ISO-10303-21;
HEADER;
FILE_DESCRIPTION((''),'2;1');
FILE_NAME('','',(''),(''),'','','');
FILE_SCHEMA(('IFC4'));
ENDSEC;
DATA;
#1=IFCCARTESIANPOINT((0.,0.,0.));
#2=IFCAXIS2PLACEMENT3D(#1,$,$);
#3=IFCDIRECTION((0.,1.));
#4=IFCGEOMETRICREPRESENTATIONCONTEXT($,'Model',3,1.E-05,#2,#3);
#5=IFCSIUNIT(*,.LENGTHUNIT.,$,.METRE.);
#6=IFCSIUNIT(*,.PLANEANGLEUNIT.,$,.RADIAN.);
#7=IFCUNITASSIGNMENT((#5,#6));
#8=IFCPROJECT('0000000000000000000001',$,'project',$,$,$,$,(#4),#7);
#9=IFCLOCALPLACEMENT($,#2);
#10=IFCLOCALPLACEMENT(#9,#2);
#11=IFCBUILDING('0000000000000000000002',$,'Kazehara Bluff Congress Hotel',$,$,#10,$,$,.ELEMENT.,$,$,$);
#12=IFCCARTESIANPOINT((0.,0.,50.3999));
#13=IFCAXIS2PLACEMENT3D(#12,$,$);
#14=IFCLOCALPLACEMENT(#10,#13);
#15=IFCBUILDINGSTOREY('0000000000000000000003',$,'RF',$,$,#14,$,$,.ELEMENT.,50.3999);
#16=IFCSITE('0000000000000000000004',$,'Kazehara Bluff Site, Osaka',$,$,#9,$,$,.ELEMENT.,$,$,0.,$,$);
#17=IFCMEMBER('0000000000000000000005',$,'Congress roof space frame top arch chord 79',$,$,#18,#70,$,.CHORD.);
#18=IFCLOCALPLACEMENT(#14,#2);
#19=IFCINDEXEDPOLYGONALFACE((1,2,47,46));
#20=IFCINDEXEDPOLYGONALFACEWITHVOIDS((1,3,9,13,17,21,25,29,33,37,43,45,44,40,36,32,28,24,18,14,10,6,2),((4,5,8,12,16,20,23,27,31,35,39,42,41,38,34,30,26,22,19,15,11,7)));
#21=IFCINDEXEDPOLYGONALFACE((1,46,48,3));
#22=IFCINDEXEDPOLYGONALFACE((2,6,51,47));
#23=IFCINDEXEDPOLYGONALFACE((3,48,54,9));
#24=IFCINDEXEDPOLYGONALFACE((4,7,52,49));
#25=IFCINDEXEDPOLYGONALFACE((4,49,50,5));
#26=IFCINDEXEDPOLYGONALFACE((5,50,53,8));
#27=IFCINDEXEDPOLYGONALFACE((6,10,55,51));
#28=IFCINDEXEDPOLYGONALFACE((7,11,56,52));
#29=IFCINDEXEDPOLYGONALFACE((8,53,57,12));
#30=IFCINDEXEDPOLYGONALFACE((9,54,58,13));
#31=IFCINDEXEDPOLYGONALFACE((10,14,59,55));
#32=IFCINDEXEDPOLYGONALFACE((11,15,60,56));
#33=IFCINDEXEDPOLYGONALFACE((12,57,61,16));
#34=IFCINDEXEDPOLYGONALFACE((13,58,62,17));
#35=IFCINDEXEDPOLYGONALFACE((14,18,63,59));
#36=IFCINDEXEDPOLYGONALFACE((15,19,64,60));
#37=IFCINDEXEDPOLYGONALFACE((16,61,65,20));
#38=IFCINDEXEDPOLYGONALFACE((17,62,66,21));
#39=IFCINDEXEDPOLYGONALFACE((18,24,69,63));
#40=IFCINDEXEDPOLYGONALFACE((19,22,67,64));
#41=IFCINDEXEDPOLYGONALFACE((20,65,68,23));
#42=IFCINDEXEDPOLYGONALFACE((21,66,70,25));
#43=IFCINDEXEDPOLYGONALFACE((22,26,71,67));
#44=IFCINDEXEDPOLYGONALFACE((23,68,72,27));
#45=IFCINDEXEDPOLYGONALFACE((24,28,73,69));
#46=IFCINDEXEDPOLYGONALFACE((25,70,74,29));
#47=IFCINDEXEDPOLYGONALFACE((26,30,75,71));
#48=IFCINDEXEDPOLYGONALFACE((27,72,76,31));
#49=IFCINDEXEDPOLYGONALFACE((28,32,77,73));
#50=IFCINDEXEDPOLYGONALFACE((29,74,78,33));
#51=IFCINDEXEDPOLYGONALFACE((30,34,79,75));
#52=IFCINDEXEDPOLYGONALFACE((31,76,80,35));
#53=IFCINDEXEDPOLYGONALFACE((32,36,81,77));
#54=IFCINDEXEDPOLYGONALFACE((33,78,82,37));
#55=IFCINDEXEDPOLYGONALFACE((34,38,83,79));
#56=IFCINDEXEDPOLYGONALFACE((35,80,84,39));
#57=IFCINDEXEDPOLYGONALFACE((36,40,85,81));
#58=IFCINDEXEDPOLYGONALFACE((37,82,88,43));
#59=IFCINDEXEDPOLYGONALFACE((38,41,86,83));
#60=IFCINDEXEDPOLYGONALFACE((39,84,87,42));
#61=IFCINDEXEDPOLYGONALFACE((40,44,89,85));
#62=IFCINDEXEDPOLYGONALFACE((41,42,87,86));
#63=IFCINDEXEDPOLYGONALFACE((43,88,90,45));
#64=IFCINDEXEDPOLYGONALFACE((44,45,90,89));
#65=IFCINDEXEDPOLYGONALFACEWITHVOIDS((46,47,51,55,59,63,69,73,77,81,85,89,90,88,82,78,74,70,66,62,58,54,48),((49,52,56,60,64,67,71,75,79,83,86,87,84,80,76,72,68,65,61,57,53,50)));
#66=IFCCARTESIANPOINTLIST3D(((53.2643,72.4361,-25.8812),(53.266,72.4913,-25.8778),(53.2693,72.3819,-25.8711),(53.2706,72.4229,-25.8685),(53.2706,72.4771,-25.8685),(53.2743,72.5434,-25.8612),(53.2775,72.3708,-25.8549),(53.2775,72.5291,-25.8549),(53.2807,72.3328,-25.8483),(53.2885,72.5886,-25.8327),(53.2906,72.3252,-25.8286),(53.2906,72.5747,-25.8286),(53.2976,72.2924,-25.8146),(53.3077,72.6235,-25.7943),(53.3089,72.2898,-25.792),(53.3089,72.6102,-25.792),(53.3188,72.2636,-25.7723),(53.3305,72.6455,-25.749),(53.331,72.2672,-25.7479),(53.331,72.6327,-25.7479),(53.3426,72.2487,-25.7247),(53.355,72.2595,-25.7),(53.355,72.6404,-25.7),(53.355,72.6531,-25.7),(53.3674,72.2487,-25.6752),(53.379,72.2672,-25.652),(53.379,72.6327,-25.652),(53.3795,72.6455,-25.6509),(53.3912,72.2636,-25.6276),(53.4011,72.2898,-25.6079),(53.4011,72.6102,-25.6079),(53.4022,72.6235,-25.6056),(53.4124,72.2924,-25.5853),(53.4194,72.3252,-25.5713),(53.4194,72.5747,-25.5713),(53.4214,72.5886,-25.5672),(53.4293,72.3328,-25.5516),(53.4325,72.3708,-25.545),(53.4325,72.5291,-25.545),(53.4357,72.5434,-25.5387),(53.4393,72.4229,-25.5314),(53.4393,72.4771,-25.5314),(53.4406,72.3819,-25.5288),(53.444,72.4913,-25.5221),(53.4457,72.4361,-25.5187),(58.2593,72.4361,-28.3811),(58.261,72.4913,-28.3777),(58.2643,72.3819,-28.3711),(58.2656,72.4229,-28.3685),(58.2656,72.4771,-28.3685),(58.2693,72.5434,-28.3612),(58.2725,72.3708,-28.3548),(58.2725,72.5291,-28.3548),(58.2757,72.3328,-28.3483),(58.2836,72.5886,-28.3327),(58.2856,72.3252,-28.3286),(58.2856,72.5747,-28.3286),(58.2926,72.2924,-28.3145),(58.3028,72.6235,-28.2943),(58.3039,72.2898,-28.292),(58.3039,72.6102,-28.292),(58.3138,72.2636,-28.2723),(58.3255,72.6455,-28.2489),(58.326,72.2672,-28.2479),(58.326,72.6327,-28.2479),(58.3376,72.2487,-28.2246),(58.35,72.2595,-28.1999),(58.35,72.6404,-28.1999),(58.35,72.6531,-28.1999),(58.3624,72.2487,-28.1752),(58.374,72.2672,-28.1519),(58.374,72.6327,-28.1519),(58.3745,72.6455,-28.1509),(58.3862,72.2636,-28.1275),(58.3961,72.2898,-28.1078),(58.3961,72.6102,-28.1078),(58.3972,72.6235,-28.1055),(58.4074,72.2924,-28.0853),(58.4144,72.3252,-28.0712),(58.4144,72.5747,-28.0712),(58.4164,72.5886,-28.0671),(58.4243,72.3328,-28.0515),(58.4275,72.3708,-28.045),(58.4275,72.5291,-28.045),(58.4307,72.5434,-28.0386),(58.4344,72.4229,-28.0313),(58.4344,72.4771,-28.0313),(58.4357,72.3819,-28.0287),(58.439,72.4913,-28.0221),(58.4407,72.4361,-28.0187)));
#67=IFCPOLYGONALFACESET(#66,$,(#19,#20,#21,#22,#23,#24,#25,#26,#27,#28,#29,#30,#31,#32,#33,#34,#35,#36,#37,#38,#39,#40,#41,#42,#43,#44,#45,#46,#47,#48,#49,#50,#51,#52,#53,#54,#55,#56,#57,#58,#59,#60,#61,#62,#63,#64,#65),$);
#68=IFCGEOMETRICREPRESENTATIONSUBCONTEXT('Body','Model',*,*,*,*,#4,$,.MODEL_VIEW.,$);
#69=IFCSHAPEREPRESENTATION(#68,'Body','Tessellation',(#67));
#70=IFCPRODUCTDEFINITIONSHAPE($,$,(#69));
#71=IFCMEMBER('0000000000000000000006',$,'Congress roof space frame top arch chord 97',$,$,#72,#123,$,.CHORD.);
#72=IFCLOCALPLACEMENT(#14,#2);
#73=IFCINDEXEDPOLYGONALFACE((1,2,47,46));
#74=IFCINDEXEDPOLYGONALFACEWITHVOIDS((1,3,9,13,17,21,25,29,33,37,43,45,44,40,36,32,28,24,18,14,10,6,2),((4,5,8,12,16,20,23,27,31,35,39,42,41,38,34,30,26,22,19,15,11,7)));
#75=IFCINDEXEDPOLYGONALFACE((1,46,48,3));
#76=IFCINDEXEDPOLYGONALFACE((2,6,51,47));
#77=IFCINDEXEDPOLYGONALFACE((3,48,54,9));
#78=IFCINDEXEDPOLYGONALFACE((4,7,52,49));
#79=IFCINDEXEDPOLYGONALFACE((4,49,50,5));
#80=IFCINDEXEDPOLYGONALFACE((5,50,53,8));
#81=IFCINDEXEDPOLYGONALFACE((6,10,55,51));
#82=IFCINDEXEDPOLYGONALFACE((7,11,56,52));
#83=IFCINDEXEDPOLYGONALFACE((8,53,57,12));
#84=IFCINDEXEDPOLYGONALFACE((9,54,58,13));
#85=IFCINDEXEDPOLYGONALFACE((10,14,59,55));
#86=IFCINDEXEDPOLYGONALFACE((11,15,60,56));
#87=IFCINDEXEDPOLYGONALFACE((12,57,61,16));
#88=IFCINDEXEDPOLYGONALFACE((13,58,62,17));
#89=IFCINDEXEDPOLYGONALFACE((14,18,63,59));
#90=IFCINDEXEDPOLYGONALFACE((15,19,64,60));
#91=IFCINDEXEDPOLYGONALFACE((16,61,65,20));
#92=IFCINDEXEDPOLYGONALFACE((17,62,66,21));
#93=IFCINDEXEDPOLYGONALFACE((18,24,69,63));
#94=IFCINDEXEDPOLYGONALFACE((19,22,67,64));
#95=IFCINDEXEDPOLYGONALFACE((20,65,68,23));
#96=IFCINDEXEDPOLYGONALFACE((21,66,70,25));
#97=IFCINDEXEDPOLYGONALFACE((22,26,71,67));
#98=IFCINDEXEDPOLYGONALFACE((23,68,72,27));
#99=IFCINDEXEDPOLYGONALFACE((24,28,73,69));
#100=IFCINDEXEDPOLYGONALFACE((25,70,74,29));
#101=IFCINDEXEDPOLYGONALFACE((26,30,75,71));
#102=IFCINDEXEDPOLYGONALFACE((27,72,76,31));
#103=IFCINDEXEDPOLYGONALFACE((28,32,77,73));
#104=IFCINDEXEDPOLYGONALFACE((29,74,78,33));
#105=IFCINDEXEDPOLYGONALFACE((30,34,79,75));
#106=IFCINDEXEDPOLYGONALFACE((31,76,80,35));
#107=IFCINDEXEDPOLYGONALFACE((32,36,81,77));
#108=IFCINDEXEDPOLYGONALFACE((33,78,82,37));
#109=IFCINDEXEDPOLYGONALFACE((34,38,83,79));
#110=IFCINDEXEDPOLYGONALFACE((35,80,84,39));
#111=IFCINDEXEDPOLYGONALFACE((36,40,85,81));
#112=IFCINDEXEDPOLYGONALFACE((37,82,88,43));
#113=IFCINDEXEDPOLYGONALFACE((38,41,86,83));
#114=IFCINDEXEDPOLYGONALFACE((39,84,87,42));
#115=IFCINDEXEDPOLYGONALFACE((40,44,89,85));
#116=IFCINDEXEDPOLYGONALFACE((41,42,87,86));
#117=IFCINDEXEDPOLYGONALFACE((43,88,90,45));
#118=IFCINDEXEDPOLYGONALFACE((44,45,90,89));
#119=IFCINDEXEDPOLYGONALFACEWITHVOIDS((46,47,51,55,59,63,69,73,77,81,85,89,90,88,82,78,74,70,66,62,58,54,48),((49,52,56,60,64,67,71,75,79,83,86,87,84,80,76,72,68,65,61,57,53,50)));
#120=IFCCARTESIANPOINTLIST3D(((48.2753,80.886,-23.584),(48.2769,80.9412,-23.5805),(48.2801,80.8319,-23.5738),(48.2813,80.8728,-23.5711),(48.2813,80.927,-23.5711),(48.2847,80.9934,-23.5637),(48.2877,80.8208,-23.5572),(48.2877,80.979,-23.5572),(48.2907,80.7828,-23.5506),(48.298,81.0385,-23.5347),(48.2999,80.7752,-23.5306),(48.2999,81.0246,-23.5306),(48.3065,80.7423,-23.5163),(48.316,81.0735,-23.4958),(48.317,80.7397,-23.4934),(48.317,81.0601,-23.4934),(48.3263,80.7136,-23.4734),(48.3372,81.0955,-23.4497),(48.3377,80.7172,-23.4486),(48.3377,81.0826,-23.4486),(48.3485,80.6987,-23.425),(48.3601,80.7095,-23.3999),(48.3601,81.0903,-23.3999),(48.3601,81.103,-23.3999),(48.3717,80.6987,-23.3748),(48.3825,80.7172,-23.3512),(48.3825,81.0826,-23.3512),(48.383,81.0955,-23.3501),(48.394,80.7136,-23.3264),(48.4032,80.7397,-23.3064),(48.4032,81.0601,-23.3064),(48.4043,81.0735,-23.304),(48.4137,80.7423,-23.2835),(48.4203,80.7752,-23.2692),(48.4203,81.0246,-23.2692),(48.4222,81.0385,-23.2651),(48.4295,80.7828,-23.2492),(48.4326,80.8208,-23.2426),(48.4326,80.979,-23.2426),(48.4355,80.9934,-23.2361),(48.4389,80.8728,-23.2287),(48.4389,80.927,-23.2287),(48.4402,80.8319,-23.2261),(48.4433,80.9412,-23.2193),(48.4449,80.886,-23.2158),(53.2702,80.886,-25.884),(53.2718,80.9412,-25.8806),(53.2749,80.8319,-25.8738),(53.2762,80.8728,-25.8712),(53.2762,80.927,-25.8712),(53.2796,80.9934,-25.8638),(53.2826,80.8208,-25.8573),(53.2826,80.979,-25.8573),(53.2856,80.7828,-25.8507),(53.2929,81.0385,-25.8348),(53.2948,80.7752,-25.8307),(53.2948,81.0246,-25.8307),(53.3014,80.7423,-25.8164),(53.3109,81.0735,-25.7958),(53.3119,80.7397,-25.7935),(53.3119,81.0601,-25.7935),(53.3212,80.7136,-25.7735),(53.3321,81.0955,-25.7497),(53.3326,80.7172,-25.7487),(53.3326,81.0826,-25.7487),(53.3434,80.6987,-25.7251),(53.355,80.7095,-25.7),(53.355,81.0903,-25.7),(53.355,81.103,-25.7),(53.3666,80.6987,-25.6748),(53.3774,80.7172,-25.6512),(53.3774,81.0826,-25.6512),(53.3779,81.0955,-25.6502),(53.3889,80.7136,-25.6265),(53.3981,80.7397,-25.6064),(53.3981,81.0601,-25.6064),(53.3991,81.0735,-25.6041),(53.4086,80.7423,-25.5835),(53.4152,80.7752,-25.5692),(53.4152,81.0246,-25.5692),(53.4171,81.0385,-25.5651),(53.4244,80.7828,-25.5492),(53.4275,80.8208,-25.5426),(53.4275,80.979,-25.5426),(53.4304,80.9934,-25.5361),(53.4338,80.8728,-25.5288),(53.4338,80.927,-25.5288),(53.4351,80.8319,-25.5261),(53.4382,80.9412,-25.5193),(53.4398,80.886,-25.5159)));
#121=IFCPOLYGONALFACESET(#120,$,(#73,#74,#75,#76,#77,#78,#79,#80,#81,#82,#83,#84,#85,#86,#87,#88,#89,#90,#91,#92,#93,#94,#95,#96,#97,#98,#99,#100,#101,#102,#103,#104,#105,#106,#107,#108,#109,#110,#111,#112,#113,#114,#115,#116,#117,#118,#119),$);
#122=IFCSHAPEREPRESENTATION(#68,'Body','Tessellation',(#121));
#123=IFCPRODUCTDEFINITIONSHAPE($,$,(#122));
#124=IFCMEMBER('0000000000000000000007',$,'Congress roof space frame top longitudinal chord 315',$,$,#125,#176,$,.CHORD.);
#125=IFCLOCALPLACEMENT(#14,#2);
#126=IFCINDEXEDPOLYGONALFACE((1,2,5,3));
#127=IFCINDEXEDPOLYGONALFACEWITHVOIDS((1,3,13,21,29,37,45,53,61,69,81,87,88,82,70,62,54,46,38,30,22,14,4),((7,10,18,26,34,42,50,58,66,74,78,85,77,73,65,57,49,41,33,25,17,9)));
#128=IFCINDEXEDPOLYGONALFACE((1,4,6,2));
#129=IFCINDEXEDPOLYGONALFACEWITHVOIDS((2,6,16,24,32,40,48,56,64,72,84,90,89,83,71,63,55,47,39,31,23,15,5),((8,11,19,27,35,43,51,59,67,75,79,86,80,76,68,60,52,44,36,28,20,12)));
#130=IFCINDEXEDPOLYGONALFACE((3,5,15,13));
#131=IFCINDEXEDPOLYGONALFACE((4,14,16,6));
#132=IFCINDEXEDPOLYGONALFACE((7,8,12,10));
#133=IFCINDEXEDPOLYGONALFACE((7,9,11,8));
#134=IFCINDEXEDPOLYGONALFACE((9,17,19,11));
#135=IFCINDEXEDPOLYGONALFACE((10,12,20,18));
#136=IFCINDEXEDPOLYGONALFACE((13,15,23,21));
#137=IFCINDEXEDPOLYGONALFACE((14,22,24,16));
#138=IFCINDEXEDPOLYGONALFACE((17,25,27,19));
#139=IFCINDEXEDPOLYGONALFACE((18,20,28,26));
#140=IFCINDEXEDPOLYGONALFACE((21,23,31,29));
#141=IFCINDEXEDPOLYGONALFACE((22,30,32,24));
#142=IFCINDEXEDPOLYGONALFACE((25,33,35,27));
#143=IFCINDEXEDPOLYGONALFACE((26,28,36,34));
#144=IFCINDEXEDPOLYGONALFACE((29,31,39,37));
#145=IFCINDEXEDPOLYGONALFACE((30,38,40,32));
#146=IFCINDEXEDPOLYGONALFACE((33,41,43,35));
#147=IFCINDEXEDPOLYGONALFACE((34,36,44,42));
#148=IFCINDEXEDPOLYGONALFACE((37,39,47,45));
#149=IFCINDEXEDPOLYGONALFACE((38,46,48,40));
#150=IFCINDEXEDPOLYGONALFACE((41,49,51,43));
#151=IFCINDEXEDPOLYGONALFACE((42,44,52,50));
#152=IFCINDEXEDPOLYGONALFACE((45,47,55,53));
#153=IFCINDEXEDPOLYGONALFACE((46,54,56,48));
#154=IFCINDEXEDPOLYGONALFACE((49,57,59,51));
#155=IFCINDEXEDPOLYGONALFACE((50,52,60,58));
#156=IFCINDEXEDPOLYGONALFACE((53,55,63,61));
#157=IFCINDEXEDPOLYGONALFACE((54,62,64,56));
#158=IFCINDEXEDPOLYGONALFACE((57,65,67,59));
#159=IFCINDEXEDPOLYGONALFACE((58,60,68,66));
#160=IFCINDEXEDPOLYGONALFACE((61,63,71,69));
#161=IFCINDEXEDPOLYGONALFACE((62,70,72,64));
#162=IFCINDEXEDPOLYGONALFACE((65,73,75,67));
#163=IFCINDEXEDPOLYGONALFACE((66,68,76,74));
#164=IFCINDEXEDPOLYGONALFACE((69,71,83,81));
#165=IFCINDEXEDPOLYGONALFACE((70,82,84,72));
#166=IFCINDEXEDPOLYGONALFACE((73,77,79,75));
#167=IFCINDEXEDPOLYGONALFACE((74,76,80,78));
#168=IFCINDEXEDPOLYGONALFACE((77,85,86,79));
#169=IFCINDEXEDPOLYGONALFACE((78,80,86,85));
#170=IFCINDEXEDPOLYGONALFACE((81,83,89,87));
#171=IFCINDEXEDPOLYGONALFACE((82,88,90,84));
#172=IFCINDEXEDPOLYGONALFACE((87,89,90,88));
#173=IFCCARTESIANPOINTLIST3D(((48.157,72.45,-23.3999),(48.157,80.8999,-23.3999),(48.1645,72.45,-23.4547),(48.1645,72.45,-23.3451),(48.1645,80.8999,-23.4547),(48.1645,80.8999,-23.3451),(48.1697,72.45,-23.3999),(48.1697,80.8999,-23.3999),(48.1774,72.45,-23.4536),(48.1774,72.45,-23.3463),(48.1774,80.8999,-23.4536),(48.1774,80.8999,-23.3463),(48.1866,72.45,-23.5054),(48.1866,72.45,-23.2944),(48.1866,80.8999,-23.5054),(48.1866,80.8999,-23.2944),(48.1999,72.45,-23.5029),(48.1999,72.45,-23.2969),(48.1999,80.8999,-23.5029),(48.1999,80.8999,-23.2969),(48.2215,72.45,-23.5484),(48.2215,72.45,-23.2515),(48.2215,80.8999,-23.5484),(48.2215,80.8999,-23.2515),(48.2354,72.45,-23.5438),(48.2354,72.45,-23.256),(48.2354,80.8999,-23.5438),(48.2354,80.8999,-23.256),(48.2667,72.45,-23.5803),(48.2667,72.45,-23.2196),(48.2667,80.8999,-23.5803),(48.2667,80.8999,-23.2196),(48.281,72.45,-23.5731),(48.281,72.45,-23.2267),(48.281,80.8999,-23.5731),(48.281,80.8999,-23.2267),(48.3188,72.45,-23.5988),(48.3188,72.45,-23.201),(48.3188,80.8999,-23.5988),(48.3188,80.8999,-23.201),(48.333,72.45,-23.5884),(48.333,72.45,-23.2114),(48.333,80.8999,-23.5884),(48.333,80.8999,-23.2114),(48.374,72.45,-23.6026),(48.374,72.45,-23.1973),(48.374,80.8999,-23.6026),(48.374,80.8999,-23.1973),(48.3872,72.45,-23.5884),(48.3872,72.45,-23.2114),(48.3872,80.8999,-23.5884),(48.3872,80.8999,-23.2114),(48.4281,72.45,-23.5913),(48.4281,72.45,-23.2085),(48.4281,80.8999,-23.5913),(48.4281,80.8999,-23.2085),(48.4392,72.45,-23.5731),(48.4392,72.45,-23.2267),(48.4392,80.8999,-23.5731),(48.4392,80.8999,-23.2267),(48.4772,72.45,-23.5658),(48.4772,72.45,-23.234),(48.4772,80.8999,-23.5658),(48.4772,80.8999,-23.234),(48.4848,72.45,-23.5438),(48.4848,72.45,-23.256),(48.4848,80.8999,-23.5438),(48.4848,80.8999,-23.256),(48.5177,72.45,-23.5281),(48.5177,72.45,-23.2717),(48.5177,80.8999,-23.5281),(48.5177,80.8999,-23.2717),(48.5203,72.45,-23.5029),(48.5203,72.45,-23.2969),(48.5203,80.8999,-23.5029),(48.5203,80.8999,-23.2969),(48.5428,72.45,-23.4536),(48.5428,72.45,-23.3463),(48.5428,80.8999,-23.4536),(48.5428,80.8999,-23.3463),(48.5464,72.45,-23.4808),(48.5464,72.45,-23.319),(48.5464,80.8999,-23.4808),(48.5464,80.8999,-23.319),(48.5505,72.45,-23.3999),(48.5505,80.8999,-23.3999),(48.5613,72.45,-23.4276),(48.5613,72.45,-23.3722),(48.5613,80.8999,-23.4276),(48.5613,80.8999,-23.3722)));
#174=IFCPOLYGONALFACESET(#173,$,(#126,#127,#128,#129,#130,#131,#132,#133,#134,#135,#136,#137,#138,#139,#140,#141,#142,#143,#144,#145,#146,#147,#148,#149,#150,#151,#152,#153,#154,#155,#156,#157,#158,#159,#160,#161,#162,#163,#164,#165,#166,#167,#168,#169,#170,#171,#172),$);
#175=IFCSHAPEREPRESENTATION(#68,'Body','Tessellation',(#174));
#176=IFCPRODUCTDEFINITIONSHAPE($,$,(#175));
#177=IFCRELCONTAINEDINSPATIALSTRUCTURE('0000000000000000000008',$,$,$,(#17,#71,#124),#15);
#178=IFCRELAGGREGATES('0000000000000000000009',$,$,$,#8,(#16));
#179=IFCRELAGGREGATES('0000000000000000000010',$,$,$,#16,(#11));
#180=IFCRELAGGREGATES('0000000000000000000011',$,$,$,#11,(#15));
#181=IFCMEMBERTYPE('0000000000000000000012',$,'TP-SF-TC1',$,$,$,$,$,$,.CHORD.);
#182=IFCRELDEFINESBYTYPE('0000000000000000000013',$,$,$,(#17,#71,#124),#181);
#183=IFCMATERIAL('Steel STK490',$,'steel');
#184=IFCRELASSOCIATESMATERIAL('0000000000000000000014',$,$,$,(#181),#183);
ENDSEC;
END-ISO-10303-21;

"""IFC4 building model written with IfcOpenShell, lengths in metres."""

from ifc_helpers import new_model, si_unit, direction, frame, origin, origin_2d, place, context, subcontext, project, spatial, hollow_circle, extrude, material, material_profile, profile_set, type_object, element, save


model = new_model("IFC4")

# Units and contexts
model_context = context("Model", 3, precision=1e-05, world=origin(), true_north=direction((0.0, 1.0)))
body_context = subcontext(model_context, "Body", "Model", "MODEL_VIEW")
ifc_project = project(units=[si_unit("LENGTHUNIT", "METRE"), si_unit("PLANEANGLEUNIT", "RADIAN")], contexts=[model_context])

# Site, building, storey
site_placement = place(None, origin())
site = spatial("IfcSite", under=ifc_project, at=site_placement, Name="Kazehara Bluff Site, Osaka", CompositionType="ELEMENT", RefElevation=0.0)
building_placement = place(site_placement, origin())
building = spatial("IfcBuilding", under=site, at=building_placement, Name="Kazehara Bluff Congress Hotel", CompositionType="ELEMENT")
storey_placement = place(building_placement, frame((0.0, 0.0, 50.3999)))
storey = spatial("IfcBuildingStorey", under=building, at=storey_placement, Name="RF", CompositionType="ELEMENT", Elevation=50.3999)

# Members
ifc_material_1 = material(Name="Steel STK490", Category="steel")
ifc_material_profile_1 = material_profile(ifc_material_1, hollow_circle(Radius=0.2031, WallThickness=0.0127, at=origin_2d()))
ifc_profile_set_1 = profile_set([ifc_material_profile_1], Name="Steel STK490")
member_type_1 = type_object("IfcMemberType", Name="TP-SF-TC1", PredefinedType="CHORD", material=ifc_profile_set_1)
member_1_placement = place(storey_placement, frame((53.355, 72.45, -25.7), z_axis=(0.894252, 0.0, -0.447563), x_axis=(0.0, 1.0, 0.0)))
element("IfcMember", 1, at=member_1_placement, inside=storey, type_object=member_type_1, Name="Congress roof space frame top arch chord 79", PredefinedType="CHORD", context=body_context, shape_type="SweptSolid", body=[
    extrude(hollow_circle(Radius=0.2031, WallThickness=0.0127, at=origin_2d()), origin(), (0.0, 0.0, 1.0), 5.5857),
])
member_2_placement = place(storey_placement, frame((48.3601, 80.8999, -23.3999), z_axis=(0.908324, 0.0, -0.418267), x_axis=(0.0, 1.0, 0.0)))
element("IfcMember", 2, at=member_2_placement, inside=storey, type_object=member_type_1, Name="Congress roof space frame top arch chord 97", PredefinedType="CHORD", context=body_context, shape_type="SweptSolid", body=[
    extrude(hollow_circle(Radius=0.2031, WallThickness=0.0127, at=origin_2d()), origin(), (0.0, 0.0, 1.0), 5.499),
])
member_3_placement = place(storey_placement, frame((48.3601, 72.45, -23.3999), z_axis=(0.0, 1.0, 0.0), x_axis=(-1.0, 0.0, 0.0)))
element("IfcMember", 3, at=member_3_placement, inside=storey, type_object=member_type_1, Name="Congress roof space frame top longitudinal chord 315", PredefinedType="CHORD", context=body_context, shape_type="SweptSolid", body=[
    extrude(hollow_circle(Radius=0.2031, WallThickness=0.0127, at=origin_2d()), origin(), (0.0, 0.0, 1.0), 8.45),
])

save(model, "model.ifc")
